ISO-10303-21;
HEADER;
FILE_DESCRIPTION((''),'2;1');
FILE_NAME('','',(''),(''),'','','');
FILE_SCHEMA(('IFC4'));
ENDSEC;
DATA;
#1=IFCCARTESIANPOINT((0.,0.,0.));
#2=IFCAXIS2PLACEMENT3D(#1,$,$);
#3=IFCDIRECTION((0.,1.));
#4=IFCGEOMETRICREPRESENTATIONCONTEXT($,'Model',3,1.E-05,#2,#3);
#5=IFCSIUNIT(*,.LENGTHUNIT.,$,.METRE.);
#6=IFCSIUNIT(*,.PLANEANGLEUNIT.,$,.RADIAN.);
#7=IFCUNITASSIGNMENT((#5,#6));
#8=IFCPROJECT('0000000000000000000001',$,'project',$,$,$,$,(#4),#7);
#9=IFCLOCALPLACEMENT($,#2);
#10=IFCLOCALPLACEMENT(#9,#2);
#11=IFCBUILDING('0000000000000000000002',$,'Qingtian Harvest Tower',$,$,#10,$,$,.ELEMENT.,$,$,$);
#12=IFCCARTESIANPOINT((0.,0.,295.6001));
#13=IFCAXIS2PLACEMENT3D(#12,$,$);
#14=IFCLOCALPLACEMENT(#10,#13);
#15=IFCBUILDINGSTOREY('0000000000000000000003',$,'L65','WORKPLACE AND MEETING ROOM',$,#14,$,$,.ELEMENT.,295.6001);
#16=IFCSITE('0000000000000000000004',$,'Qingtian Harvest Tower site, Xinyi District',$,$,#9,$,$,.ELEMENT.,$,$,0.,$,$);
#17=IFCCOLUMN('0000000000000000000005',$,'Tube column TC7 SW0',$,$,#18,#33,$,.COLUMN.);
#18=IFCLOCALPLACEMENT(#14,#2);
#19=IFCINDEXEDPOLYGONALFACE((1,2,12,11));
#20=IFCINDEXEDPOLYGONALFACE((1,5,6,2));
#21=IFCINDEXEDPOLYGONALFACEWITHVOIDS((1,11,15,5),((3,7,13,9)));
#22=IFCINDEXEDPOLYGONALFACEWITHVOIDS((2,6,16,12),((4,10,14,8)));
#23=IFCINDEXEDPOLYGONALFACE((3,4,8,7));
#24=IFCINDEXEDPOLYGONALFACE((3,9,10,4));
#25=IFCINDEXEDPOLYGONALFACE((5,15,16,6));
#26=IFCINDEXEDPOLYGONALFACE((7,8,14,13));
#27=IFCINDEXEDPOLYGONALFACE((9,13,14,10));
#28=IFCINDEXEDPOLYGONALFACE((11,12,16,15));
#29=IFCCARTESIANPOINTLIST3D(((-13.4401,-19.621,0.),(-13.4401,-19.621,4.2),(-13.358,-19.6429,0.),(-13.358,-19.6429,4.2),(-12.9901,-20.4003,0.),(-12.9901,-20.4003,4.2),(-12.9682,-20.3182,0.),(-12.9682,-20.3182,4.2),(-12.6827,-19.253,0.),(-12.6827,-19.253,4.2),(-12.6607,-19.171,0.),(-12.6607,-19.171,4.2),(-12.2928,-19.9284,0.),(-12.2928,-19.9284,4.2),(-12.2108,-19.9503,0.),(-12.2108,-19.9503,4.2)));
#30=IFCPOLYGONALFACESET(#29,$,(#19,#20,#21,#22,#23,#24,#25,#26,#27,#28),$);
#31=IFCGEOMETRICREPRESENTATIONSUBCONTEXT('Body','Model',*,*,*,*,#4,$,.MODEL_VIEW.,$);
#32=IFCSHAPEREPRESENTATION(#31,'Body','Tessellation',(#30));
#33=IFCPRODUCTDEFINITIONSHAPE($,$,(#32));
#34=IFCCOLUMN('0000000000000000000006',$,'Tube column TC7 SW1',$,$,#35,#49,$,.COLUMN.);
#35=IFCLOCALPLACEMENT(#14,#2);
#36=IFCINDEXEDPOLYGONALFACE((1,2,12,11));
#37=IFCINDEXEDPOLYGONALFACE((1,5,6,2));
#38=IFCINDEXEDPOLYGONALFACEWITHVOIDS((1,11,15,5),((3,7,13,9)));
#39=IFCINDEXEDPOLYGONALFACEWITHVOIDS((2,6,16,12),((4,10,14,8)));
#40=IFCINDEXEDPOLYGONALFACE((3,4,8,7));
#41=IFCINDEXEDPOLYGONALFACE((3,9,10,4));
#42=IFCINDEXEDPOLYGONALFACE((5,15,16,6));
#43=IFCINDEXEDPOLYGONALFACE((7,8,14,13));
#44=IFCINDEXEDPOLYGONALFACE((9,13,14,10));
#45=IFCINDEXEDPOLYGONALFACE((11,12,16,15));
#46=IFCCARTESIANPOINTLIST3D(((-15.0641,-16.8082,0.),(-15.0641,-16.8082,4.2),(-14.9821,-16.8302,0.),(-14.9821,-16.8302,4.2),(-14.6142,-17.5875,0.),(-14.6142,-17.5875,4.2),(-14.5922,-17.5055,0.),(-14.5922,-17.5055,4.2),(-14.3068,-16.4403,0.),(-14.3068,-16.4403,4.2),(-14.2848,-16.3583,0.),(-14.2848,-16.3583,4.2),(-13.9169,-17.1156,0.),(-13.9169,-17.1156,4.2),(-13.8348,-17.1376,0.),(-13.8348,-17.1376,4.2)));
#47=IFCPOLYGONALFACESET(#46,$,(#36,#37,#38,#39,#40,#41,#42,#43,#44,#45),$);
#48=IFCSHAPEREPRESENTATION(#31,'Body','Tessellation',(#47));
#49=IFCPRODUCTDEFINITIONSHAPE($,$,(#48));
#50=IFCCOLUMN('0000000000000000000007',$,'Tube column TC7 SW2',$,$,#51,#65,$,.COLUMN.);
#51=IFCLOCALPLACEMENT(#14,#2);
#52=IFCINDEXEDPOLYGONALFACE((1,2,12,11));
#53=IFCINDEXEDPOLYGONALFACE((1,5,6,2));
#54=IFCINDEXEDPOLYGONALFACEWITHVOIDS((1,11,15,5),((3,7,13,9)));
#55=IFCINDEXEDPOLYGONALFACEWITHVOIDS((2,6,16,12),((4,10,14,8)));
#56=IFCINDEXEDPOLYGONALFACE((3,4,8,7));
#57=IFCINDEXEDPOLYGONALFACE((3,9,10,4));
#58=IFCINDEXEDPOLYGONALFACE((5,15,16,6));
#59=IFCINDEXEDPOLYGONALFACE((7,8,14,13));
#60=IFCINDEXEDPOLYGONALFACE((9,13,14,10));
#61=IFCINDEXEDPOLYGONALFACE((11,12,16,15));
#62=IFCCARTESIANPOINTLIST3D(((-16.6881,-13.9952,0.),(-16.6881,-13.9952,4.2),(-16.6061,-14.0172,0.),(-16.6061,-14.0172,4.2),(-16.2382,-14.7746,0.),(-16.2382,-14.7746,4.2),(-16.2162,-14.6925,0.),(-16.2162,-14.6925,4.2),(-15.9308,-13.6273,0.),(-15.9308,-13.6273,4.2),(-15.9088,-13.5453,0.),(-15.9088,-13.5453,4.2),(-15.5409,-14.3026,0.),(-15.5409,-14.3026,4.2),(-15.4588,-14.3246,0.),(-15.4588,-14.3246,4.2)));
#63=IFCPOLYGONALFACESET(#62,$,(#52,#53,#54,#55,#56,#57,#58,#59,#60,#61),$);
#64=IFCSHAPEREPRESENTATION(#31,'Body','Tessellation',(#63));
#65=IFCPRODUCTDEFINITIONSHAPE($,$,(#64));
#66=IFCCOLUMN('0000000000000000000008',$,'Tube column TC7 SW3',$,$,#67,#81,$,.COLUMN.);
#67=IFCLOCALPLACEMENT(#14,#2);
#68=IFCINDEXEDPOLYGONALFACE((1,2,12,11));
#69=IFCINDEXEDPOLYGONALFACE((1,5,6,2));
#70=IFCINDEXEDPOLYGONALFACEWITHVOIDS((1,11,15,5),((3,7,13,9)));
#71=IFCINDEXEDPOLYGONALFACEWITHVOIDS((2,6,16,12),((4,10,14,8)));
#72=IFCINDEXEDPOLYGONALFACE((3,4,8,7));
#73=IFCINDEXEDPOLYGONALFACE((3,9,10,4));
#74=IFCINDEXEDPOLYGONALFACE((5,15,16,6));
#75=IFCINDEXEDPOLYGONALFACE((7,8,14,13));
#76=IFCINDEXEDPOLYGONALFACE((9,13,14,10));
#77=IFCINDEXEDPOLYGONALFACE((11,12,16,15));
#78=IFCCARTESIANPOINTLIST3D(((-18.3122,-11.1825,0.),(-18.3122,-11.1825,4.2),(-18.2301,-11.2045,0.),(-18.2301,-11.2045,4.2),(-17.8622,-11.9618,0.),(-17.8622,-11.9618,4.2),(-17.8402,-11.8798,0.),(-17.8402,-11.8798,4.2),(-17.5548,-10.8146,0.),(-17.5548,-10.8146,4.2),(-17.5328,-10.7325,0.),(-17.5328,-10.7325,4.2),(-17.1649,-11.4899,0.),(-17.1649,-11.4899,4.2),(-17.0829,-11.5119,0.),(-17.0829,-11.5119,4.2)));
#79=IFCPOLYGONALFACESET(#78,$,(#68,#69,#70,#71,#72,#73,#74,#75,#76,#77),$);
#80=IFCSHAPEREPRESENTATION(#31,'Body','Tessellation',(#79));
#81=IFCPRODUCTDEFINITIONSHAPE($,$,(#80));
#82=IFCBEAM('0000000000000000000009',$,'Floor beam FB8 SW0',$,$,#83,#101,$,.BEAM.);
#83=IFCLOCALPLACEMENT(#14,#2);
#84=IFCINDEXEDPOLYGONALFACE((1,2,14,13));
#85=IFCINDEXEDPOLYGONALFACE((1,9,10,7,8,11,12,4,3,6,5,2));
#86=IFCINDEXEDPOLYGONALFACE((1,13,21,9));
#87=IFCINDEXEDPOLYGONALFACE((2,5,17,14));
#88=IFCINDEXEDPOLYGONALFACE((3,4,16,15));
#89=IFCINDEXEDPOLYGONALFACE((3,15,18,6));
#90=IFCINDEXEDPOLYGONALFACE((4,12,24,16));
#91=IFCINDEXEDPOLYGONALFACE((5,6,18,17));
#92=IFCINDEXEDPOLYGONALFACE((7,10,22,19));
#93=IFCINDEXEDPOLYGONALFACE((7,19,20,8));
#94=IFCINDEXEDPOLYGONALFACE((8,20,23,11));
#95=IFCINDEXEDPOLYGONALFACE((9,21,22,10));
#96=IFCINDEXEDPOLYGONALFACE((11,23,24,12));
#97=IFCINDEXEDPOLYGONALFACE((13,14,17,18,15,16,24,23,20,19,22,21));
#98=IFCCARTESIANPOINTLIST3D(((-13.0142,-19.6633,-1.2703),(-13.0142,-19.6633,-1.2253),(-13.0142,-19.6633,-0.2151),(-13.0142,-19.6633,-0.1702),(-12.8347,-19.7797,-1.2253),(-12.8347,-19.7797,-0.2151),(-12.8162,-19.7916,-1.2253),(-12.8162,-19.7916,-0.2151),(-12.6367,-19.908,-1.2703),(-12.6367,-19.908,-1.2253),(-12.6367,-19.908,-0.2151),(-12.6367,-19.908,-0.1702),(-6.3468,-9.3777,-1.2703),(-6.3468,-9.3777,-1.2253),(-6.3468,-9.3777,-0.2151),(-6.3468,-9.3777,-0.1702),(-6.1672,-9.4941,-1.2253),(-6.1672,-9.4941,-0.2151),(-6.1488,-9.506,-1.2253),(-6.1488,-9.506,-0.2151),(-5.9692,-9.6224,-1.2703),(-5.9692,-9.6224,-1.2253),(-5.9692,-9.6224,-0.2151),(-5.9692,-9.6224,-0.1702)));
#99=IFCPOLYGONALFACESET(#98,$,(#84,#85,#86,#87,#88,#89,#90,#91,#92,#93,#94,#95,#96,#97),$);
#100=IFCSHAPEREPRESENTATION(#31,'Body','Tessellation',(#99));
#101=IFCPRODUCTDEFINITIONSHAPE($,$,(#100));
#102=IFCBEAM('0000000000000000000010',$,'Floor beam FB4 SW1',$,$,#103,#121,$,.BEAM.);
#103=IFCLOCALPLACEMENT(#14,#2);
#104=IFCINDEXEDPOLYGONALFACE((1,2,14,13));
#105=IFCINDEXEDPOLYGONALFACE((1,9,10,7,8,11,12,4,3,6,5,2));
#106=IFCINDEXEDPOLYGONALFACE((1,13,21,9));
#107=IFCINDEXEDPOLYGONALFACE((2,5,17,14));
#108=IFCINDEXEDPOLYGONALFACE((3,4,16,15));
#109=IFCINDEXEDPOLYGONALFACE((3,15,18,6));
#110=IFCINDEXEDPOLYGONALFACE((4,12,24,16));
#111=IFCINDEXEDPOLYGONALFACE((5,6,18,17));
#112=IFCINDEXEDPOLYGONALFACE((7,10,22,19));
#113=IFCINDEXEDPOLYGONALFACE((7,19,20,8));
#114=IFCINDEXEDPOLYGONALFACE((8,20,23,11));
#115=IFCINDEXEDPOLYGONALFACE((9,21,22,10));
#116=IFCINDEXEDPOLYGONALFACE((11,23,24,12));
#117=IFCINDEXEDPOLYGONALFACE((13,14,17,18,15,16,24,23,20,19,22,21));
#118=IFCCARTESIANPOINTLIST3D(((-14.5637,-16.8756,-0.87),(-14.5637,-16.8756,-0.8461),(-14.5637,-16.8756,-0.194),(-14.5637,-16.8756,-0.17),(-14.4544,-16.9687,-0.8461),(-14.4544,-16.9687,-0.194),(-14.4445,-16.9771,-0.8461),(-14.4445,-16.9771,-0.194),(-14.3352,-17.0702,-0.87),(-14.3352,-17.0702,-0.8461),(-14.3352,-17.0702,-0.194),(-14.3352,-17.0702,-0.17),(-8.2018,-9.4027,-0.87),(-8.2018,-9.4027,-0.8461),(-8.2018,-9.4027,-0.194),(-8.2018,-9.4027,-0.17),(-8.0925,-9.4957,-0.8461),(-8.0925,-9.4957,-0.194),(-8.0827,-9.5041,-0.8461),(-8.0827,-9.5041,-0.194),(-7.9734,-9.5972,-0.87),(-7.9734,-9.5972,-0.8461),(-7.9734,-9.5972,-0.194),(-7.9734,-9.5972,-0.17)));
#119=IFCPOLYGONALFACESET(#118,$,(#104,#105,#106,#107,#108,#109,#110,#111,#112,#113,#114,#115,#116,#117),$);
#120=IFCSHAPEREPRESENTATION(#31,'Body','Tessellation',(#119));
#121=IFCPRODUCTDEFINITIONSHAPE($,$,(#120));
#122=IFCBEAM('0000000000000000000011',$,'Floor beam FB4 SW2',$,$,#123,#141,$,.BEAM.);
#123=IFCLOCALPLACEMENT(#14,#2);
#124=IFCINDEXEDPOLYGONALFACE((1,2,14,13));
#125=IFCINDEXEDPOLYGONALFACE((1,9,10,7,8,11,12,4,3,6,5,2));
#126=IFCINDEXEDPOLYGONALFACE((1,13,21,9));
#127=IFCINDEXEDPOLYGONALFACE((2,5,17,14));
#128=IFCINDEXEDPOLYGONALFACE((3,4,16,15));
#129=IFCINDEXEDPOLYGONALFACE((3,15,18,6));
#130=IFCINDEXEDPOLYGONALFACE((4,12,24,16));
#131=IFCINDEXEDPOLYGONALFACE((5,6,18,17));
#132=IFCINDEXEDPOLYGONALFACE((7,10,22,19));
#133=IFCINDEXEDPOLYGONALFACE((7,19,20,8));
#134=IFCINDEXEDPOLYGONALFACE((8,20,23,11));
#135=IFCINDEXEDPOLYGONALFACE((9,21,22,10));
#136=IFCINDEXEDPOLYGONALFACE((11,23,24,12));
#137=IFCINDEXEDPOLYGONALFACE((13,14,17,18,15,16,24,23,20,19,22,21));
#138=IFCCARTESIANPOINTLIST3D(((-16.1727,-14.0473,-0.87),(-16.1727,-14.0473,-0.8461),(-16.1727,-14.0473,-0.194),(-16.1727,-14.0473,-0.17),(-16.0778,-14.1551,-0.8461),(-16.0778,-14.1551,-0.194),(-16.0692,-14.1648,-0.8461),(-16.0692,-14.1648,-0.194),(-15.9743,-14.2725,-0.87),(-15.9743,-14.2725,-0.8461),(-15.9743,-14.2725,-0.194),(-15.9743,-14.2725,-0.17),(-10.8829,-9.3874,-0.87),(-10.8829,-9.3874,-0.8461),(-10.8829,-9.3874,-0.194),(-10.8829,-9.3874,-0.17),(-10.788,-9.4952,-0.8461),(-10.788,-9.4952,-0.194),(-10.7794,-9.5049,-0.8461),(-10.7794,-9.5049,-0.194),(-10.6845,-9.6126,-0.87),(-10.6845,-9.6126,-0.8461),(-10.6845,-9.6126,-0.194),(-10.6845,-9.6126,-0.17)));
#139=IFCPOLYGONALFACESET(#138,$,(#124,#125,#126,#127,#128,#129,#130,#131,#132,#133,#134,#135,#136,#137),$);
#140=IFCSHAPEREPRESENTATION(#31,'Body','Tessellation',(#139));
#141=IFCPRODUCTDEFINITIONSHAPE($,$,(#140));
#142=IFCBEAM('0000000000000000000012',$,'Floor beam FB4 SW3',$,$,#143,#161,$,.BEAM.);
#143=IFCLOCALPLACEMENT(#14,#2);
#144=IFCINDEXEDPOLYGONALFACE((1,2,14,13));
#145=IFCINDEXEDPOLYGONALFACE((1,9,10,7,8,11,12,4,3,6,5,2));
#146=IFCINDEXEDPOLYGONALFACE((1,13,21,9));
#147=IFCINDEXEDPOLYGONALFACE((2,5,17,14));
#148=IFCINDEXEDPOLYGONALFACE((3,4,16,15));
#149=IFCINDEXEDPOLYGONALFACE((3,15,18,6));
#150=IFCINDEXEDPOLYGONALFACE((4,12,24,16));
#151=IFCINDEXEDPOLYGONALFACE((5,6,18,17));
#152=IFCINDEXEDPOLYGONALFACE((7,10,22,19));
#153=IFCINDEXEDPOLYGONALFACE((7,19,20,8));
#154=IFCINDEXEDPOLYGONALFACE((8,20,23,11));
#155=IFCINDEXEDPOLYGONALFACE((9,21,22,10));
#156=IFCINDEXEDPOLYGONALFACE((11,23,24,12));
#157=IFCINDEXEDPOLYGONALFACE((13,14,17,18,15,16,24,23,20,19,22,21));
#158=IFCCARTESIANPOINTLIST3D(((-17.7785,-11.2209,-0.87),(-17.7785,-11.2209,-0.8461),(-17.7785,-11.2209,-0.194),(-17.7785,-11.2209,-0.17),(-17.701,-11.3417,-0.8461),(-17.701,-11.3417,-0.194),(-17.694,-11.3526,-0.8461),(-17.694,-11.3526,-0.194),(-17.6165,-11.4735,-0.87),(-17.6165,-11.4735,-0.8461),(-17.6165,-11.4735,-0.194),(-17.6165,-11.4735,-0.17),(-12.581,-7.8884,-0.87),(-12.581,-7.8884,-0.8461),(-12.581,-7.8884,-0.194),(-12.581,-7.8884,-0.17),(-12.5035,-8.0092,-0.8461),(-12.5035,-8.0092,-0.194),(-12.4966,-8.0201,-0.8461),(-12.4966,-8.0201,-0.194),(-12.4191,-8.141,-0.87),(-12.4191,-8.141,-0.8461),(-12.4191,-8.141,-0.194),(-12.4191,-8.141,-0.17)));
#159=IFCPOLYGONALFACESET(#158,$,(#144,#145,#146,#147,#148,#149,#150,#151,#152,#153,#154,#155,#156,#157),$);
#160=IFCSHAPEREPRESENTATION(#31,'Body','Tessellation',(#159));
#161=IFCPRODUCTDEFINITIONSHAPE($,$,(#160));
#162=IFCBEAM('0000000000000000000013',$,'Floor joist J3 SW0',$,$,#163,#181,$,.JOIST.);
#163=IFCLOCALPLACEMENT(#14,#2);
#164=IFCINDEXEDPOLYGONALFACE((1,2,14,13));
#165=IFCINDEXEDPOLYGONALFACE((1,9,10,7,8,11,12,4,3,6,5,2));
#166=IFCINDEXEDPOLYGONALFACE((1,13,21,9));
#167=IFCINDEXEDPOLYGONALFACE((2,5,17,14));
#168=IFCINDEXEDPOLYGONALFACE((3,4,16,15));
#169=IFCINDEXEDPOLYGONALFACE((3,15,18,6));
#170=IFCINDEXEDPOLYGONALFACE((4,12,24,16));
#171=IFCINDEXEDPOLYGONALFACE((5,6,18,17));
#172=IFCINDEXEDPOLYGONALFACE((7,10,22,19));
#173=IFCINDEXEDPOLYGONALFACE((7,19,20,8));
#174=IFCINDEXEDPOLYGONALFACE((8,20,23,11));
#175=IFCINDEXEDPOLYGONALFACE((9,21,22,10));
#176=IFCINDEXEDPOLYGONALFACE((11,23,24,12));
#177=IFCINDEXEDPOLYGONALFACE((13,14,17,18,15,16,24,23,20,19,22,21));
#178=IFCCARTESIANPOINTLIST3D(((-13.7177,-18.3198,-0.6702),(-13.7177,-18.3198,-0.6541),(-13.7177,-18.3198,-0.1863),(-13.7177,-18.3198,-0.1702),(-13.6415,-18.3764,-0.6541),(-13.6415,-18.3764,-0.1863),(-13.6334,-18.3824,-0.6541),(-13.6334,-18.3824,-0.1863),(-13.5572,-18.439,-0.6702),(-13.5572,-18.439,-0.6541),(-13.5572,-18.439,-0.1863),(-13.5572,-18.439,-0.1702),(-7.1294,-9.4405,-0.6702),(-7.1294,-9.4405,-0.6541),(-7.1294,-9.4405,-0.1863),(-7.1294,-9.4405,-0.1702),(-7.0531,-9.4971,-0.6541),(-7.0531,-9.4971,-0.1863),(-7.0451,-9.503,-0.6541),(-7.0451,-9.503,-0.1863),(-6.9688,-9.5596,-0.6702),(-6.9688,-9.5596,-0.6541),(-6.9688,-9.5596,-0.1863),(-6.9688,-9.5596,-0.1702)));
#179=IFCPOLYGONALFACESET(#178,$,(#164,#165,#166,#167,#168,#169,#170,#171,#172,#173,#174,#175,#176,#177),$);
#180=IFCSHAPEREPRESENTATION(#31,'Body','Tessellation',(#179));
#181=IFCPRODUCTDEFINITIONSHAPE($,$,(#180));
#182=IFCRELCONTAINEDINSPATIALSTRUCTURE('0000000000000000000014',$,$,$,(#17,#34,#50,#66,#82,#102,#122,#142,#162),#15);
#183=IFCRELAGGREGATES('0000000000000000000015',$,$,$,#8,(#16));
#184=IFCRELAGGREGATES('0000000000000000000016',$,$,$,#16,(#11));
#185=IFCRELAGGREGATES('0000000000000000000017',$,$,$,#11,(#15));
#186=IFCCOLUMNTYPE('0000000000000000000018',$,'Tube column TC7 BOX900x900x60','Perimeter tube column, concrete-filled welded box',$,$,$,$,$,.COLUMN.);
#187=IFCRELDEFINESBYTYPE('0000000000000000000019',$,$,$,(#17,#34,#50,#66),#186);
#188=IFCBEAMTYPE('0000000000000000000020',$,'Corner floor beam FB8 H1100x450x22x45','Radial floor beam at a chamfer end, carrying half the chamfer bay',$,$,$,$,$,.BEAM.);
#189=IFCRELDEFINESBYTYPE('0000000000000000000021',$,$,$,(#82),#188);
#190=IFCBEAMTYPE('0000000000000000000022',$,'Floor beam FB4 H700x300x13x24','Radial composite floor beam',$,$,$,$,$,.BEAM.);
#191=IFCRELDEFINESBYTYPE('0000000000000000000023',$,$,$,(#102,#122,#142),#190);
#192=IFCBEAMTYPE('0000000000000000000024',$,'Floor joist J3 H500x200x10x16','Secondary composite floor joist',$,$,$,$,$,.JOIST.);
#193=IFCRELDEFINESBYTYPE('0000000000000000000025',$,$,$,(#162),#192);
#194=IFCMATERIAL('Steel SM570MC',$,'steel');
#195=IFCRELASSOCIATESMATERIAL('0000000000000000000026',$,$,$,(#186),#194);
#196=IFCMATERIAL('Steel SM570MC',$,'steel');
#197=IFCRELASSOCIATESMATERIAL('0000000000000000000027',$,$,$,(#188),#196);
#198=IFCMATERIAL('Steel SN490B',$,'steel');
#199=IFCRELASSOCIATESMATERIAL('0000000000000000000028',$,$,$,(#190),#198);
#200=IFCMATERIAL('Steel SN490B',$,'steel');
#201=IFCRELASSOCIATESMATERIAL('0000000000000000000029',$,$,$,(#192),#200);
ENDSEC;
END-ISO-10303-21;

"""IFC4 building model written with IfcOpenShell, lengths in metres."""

from ifc_helpers import new_model, si_unit, direction, frame, origin, origin_2d, place, context, subcontext, project, spatial, hollow_rectangle, i_section, extrude, material, material_profile, profile_set, type_object, element, save


model = new_model("IFC4")

# Units and contexts
model_context = context("Model", 3, precision=1e-05, world=origin(), true_north=direction((0.0, 1.0)))
body_context = subcontext(model_context, "Body", "Model", "MODEL_VIEW")
ifc_project = project(units=[si_unit("LENGTHUNIT", "METRE"), si_unit("PLANEANGLEUNIT", "RADIAN")], contexts=[model_context])

# Site, building, storey
site_placement = place(None, origin())
site = spatial("IfcSite", under=ifc_project, at=site_placement, Name="Qingtian Harvest Tower site, Xinyi District", CompositionType="ELEMENT", RefElevation=0.0)
building_placement = place(site_placement, origin())
building = spatial("IfcBuilding", under=site, at=building_placement, Name="Qingtian Harvest Tower", CompositionType="ELEMENT")
storey_placement = place(building_placement, frame((0.0, 0.0, 295.6001)))
storey = spatial("IfcBuildingStorey", under=building, at=storey_placement, Name="L65", Description="WORKPLACE AND MEETING ROOM", CompositionType="ELEMENT", Elevation=295.6001)

# Columns
ifc_material_1 = material(Name="Steel SM570MC", Category="steel")
ifc_material_profile_1 = material_profile(ifc_material_1, hollow_rectangle(XDim=0.8999, YDim=0.8999, WallThickness=0.0601, at=origin_2d()), Name="BOX900x900x60")
ifc_profile_set_1 = profile_set([ifc_material_profile_1], Name="Steel SM570MC")
column_type = type_object("IfcColumnType", Name="Tube column TC7 BOX900x900x60", Description="Perimeter tube column, concrete-filled welded box", PredefinedType="COLUMN", material=ifc_profile_set_1)
for number, where, z_axis, x_axis, name in (
    (1, (-12.8254, -19.7856, 0.0), (0.0, 0.0, 1.0), (0.5, -0.866025, 0.0), "Tube column TC7 SW0"),
    (2, (-14.4495, -16.9729, 0.0), (0.0, 0.0, 1.0), (0.5, -0.866025, 0.0), "Tube column TC7 SW1"),
    (3, (-16.0735, -14.1599, 0.0), (0.0, 0.0, 1.0), (0.5, -0.866025, 0.0), "Tube column TC7 SW2"),
    (4, (-17.6975, -11.3472, 0.0), (0.0, 0.0, 1.0), (0.5, -0.866025, 0.0), "Tube column TC7 SW3"),
):
    element("IfcColumn", number, at=place(storey_placement, frame(where, z_axis=z_axis, x_axis=x_axis)), inside=storey, type_object=column_type, Name=name, PredefinedType="COLUMN", context=body_context, shape_type="SweptSolid", body=[
        extrude(hollow_rectangle(XDim=0.8999, YDim=0.8999, WallThickness=0.0601, at=origin_2d()), origin(), (0.0, 0.0, 1.0), 4.2),
    ])

# Beams
ifc_material_2 = material(Name="Steel SM570MC", Category="steel")
ifc_material_profile_2 = material_profile(ifc_material_2, i_section(OverallWidth=0.45, OverallDepth=1.1001, WebThickness=0.022, FlangeThickness=0.0449, at=origin_2d()), Name="H1100x450x22x45")
ifc_profile_set_2 = profile_set([ifc_material_profile_2], Name="Steel SM570MC")
beam_type_1 = type_object("IfcBeamType", Name="Corner floor beam FB8 H1100x450x22x45", Description="Radial floor beam at a chamfer end, carrying half the chamfer bay", PredefinedType="BEAM", material=ifc_profile_set_2)
beam_1_placement = place(storey_placement, frame((-12.8254, -19.7856, -0.7202), z_axis=(0.543945, 0.839121, 0.0), x_axis=(-0.839121, 0.543945, 0.0)))
element("IfcBeam", 5, at=beam_1_placement, inside=storey, type_object=beam_type_1, Name="Floor beam FB8 SW0", PredefinedType="BEAM", context=body_context, shape_type="SweptSolid", body=[
    extrude(i_section(OverallWidth=0.45, OverallDepth=1.1001, WebThickness=0.022, FlangeThickness=0.0449, at=origin_2d()), origin(), (0.0, 0.0, 1.0), 12.2576),
])
ifc_material_3 = material(Name="Steel SN490B", Category="steel")
ifc_material_profile_3 = material_profile(ifc_material_3, i_section(OverallWidth=0.3, OverallDepth=0.7, WebThickness=0.0129, FlangeThickness=0.0239, at=origin_2d()), Name="H700x300x13x24")
ifc_profile_set_3 = profile_set([ifc_material_profile_3], Name="Steel SN490B")
beam_type_2 = type_object("IfcBeamType", Name="Floor beam FB4 H700x300x13x24", Description="Radial composite floor beam", PredefinedType="BEAM", material=ifc_profile_set_3)
beam_2_placement = place(storey_placement, frame((-14.4495, -16.9729, -0.52), z_axis=(0.648231, 0.761444, 0.0), x_axis=(-0.761444, 0.648231, 0.0)))
element("IfcBeam", 6, at=beam_2_placement, inside=storey, type_object=beam_type_2, Name="Floor beam FB4 SW1", PredefinedType="BEAM", context=body_context, shape_type="SweptSolid", body=[
    extrude(i_section(OverallWidth=0.3, OverallDepth=0.7, WebThickness=0.0129, FlangeThickness=0.0239, at=origin_2d()), origin(), (0.0, 0.0, 1.0), 9.8142),
])
beam_3_placement = place(storey_placement, frame((-16.0735, -14.1599, -0.52), z_axis=(0.750369, 0.661019, 0.0), x_axis=(-0.661019, 0.750369, 0.0)))
element("IfcBeam", 7, at=beam_3_placement, inside=storey, type_object=beam_type_2, Name="Floor beam FB4 SW2", PredefinedType="BEAM", context=body_context, shape_type="SweptSolid", body=[
    extrude(i_section(OverallWidth=0.3, OverallDepth=0.7, WebThickness=0.0129, FlangeThickness=0.0239, at=origin_2d()), origin(), (0.0, 0.0, 1.0), 7.0496),
])
beam_4_placement = place(storey_placement, frame((-17.6975, -11.3472, -0.52), z_axis=(0.841822, 0.539756, 0.0), x_axis=(-0.539756, 0.841822, 0.0)))
element("IfcBeam", 8, at=beam_4_placement, inside=storey, type_object=beam_type_2, Name="Floor beam FB4 SW3", PredefinedType="BEAM", context=body_context, shape_type="SweptSolid", body=[
    extrude(i_section(OverallWidth=0.3, OverallDepth=0.7, WebThickness=0.0129, FlangeThickness=0.0239, at=origin_2d()), origin(), (0.0, 0.0, 1.0), 6.1741),
])
ifc_material_4 = material(Name="Steel SN490B", Category="steel")
ifc_material_profile_4 = material_profile(ifc_material_4, i_section(OverallWidth=0.2, OverallDepth=0.5, WebThickness=0.01, FlangeThickness=0.0161, at=origin_2d()), Name="H500x200x10x16")
ifc_profile_set_4 = profile_set([ifc_material_profile_4], Name="Steel SN490B")
beam_type_3 = type_object("IfcBeamType", Name="Floor joist J3 H500x200x10x16", Description="Secondary composite floor joist", PredefinedType="JOIST", material=ifc_profile_set_4)
beam_5_placement = place(storey_placement, frame((-13.6375, -18.3794, -0.4202), z_axis=(0.595873, 0.803079, 0.0), x_axis=(-0.803079, 0.595873, 0.0)))
element("IfcBeam", 9, at=beam_5_placement, inside=storey, type_object=beam_type_3, Name="Floor joist J3 SW0", PredefinedType="JOIST", context=body_context, shape_type="SweptSolid", body=[
    extrude(i_section(OverallWidth=0.2, OverallDepth=0.5, WebThickness=0.01, FlangeThickness=0.0161, at=origin_2d()), origin(), (0.0, 0.0, 1.0), 11.0566),
])

save(model, "model.ifc")
